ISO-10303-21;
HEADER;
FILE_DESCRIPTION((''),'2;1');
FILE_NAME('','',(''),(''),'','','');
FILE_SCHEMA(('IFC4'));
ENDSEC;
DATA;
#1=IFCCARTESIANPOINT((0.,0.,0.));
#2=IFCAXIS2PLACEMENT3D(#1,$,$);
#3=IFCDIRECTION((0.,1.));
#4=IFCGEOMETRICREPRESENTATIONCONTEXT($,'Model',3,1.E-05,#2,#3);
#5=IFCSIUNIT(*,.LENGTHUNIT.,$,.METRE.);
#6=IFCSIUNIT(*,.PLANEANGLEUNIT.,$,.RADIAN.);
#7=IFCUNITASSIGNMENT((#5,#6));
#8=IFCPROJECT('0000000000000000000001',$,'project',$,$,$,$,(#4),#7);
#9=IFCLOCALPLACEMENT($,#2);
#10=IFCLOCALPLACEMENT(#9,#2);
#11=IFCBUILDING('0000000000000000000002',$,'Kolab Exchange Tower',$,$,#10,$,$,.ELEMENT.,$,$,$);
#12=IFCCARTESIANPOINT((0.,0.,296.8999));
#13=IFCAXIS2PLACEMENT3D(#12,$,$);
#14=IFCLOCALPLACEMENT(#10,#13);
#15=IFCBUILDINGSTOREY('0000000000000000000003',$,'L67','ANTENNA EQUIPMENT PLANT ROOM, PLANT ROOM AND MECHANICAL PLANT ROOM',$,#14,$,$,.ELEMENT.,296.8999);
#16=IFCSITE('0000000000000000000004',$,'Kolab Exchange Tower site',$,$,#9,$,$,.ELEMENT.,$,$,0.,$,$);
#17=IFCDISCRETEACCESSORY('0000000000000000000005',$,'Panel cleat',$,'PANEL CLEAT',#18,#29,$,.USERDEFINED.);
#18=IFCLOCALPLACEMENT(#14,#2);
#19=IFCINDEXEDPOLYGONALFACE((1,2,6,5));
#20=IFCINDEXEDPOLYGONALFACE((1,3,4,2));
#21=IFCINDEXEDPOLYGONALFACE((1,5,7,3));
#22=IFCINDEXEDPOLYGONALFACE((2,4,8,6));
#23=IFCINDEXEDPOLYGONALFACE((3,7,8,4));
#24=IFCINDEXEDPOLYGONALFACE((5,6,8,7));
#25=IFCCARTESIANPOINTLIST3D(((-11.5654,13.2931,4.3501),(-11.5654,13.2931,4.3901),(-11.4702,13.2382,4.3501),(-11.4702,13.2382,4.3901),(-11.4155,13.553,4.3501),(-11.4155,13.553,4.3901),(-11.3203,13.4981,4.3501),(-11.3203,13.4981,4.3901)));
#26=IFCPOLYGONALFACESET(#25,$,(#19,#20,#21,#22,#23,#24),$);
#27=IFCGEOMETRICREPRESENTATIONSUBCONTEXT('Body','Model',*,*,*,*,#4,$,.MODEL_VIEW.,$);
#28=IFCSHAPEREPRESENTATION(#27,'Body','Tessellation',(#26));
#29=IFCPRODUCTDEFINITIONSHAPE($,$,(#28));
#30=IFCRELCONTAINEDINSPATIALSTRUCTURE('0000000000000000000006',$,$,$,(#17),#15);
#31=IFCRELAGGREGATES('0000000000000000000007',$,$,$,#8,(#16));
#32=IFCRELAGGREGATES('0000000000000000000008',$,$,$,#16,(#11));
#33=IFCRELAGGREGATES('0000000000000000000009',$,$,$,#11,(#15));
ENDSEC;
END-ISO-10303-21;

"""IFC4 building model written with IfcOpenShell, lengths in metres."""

from ifc_helpers import new_model, si_unit, direction, frame, origin, origin_2d, place, context, subcontext, project, spatial, rectangle, extrude, element, save


model = new_model("IFC4")

# Units and contexts
model_context = context("Model", 3, precision=1e-05, world=origin(), true_north=direction((0.0, 1.0)))
body_context = subcontext(model_context, "Body", "Model", "MODEL_VIEW")
ifc_project = project(units=[si_unit("LENGTHUNIT", "METRE"), si_unit("PLANEANGLEUNIT", "RADIAN")], contexts=[model_context])

# Site, building, storey
site_placement = place(None, origin())
site = spatial("IfcSite", under=ifc_project, at=site_placement, Name="Kolab Exchange Tower site", CompositionType="ELEMENT", RefElevation=0.0)
building_placement = place(site_placement, origin())
building = spatial("IfcBuilding", under=site, at=building_placement, Name="Kolab Exchange Tower", CompositionType="ELEMENT")
storey_placement = place(building_placement, frame((0.0, 0.0, 296.8999)))
storey = spatial("IfcBuildingStorey", under=building, at=storey_placement, Name="L67", Description="ANTENNA EQUIPMENT PLANT ROOM, PLANT ROOM AND MECHANICAL PLANT ROOM", CompositionType="ELEMENT", Elevation=296.8999)

# Discrete accessory
discrete_accessory_1_placement = place(storey_placement, frame((-11.3953, 13.3682, 4.3701), z_axis=(-0.866186, 0.499722, 0.0), x_axis=(-0.499722, -0.866186, 0.0)))
element("IfcDiscreteAccessory", 1, at=discrete_accessory_1_placement, inside=storey, Name="Panel cleat", ObjectType="PANEL CLEAT", PredefinedType="USERDEFINED", context=body_context, shape_type="SweptSolid", body=[
    extrude(rectangle(XDim=0.3, YDim=0.04, at=origin_2d()), origin(), (0.0, 0.0, 1.0), 0.1099),
])

save(model, "model.ifc")
